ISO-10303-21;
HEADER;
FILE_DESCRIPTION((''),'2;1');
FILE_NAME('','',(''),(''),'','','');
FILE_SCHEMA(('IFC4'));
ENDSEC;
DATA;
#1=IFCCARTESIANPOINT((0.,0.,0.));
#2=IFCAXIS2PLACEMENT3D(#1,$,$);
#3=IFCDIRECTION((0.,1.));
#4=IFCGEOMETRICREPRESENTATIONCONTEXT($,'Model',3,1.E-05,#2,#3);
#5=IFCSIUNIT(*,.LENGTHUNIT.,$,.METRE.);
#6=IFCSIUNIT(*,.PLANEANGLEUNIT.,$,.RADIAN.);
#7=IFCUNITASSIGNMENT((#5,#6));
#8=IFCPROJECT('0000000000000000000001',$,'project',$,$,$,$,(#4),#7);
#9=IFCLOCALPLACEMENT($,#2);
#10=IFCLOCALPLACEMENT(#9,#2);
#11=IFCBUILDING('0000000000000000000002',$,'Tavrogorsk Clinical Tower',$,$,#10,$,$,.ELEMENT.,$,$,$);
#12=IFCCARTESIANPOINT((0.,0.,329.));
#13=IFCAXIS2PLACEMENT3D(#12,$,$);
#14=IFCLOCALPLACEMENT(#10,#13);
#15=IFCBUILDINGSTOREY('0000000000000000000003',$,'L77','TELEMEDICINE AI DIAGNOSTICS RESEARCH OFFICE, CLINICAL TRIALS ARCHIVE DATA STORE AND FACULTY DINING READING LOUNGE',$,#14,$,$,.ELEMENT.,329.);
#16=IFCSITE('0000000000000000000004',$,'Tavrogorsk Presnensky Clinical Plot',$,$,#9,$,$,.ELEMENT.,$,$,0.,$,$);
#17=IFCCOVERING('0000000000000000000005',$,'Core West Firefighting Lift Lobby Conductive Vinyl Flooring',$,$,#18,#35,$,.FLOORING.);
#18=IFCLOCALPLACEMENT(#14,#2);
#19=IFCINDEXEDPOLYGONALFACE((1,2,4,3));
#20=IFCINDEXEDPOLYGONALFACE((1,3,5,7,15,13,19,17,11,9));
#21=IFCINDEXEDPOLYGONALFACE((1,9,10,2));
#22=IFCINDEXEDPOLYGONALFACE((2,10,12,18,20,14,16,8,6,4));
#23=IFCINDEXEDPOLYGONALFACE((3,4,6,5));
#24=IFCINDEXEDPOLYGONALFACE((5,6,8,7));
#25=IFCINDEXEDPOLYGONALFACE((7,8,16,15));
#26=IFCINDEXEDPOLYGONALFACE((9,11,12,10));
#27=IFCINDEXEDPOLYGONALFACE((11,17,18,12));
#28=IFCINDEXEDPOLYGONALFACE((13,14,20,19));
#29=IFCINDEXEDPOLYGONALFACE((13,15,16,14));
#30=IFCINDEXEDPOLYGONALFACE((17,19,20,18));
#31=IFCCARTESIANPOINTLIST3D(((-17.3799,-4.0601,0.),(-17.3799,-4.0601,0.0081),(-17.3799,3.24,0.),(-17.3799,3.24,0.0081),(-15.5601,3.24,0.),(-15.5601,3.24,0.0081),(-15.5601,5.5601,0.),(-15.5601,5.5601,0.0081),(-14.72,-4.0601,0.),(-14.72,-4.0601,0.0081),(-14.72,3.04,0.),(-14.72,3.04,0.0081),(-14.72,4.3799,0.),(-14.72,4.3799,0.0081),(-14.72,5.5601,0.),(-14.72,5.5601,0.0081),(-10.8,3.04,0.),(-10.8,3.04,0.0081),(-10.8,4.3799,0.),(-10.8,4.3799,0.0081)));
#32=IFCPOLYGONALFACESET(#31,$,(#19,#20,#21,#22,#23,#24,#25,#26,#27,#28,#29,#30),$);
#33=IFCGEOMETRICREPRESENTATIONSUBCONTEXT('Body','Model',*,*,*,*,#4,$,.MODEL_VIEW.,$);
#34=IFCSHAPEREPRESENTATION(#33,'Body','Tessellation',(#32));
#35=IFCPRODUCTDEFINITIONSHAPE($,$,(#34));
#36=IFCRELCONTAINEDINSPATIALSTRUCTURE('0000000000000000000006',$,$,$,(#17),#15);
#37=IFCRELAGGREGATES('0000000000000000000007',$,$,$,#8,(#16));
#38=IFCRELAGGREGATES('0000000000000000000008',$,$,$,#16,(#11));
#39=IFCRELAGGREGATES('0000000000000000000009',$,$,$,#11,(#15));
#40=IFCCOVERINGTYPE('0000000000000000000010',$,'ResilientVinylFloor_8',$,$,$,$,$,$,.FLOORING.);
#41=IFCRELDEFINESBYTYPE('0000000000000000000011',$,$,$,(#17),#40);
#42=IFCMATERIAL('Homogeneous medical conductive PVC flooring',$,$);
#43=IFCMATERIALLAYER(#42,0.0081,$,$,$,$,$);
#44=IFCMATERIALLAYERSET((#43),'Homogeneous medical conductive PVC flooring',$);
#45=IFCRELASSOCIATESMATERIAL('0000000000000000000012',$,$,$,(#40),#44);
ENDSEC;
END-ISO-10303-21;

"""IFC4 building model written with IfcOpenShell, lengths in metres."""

from ifc_helpers import new_model, si_unit, direction, frame, origin, place, context, subcontext, project, spatial, polyline, outline, extrude, material, layer, layer_set, type_object, element, save


model = new_model("IFC4")

# Units and contexts
model_context = context("Model", 3, precision=1e-05, world=origin(), true_north=direction((0.0, 1.0)))
body_context = subcontext(model_context, "Body", "Model", "MODEL_VIEW")
ifc_project = project(units=[si_unit("LENGTHUNIT", "METRE"), si_unit("PLANEANGLEUNIT", "RADIAN")], contexts=[model_context])

# Site, building, storey
site_placement = place(None, origin())
site = spatial("IfcSite", under=ifc_project, at=site_placement, Name="Tavrogorsk Presnensky Clinical Plot", CompositionType="ELEMENT", RefElevation=0.0)
building_placement = place(site_placement, origin())
building = spatial("IfcBuilding", under=site, at=building_placement, Name="Tavrogorsk Clinical Tower", CompositionType="ELEMENT")
storey_placement = place(building_placement, frame((0.0, 0.0, 329.0)))
storey = spatial("IfcBuildingStorey", under=building, at=storey_placement, Name="L77", Description="TELEMEDICINE AI DIAGNOSTICS RESEARCH OFFICE, CLINICAL TRIALS ARCHIVE DATA STORE AND FACULTY DINING READING LOUNGE", CompositionType="ELEMENT", Elevation=329.0)

# Covering
ifc_material_1 = material(Name="Homogeneous medical conductive PVC flooring")
ifc_layer_1 = layer(ifc_material_1, 0.0081)
ifc_layer_set_1 = layer_set([ifc_layer_1], Name="Homogeneous medical conductive PVC flooring")
covering_type_1 = type_object("IfcCoveringType", Name="ResilientVinylFloor_8", PredefinedType="FLOORING", material=ifc_layer_set_1)
covering_1_placement = place(storey_placement, origin())
element("IfcCovering", 1, at=covering_1_placement, inside=storey, type_object=covering_type_1, Name="Core West Firefighting Lift Lobby Conductive Vinyl Flooring", PredefinedType="FLOORING", context=body_context, shape_type="SweptSolid", body=[
    extrude(outline(polyline([(-14.72, 4.3799), (-10.8, 4.3799), (-10.8, 3.04), (-14.72, 3.04), (-14.72, -4.0601), (-17.3799, -4.0601), (-17.3799, 3.24), (-15.5601, 3.24), (-15.5601, 5.5601), (-14.72, 5.5601), (-14.72, 4.3799)])), origin(), (0.0, 0.0, 1.0), 0.0081),
])

save(model, "model.ifc")
